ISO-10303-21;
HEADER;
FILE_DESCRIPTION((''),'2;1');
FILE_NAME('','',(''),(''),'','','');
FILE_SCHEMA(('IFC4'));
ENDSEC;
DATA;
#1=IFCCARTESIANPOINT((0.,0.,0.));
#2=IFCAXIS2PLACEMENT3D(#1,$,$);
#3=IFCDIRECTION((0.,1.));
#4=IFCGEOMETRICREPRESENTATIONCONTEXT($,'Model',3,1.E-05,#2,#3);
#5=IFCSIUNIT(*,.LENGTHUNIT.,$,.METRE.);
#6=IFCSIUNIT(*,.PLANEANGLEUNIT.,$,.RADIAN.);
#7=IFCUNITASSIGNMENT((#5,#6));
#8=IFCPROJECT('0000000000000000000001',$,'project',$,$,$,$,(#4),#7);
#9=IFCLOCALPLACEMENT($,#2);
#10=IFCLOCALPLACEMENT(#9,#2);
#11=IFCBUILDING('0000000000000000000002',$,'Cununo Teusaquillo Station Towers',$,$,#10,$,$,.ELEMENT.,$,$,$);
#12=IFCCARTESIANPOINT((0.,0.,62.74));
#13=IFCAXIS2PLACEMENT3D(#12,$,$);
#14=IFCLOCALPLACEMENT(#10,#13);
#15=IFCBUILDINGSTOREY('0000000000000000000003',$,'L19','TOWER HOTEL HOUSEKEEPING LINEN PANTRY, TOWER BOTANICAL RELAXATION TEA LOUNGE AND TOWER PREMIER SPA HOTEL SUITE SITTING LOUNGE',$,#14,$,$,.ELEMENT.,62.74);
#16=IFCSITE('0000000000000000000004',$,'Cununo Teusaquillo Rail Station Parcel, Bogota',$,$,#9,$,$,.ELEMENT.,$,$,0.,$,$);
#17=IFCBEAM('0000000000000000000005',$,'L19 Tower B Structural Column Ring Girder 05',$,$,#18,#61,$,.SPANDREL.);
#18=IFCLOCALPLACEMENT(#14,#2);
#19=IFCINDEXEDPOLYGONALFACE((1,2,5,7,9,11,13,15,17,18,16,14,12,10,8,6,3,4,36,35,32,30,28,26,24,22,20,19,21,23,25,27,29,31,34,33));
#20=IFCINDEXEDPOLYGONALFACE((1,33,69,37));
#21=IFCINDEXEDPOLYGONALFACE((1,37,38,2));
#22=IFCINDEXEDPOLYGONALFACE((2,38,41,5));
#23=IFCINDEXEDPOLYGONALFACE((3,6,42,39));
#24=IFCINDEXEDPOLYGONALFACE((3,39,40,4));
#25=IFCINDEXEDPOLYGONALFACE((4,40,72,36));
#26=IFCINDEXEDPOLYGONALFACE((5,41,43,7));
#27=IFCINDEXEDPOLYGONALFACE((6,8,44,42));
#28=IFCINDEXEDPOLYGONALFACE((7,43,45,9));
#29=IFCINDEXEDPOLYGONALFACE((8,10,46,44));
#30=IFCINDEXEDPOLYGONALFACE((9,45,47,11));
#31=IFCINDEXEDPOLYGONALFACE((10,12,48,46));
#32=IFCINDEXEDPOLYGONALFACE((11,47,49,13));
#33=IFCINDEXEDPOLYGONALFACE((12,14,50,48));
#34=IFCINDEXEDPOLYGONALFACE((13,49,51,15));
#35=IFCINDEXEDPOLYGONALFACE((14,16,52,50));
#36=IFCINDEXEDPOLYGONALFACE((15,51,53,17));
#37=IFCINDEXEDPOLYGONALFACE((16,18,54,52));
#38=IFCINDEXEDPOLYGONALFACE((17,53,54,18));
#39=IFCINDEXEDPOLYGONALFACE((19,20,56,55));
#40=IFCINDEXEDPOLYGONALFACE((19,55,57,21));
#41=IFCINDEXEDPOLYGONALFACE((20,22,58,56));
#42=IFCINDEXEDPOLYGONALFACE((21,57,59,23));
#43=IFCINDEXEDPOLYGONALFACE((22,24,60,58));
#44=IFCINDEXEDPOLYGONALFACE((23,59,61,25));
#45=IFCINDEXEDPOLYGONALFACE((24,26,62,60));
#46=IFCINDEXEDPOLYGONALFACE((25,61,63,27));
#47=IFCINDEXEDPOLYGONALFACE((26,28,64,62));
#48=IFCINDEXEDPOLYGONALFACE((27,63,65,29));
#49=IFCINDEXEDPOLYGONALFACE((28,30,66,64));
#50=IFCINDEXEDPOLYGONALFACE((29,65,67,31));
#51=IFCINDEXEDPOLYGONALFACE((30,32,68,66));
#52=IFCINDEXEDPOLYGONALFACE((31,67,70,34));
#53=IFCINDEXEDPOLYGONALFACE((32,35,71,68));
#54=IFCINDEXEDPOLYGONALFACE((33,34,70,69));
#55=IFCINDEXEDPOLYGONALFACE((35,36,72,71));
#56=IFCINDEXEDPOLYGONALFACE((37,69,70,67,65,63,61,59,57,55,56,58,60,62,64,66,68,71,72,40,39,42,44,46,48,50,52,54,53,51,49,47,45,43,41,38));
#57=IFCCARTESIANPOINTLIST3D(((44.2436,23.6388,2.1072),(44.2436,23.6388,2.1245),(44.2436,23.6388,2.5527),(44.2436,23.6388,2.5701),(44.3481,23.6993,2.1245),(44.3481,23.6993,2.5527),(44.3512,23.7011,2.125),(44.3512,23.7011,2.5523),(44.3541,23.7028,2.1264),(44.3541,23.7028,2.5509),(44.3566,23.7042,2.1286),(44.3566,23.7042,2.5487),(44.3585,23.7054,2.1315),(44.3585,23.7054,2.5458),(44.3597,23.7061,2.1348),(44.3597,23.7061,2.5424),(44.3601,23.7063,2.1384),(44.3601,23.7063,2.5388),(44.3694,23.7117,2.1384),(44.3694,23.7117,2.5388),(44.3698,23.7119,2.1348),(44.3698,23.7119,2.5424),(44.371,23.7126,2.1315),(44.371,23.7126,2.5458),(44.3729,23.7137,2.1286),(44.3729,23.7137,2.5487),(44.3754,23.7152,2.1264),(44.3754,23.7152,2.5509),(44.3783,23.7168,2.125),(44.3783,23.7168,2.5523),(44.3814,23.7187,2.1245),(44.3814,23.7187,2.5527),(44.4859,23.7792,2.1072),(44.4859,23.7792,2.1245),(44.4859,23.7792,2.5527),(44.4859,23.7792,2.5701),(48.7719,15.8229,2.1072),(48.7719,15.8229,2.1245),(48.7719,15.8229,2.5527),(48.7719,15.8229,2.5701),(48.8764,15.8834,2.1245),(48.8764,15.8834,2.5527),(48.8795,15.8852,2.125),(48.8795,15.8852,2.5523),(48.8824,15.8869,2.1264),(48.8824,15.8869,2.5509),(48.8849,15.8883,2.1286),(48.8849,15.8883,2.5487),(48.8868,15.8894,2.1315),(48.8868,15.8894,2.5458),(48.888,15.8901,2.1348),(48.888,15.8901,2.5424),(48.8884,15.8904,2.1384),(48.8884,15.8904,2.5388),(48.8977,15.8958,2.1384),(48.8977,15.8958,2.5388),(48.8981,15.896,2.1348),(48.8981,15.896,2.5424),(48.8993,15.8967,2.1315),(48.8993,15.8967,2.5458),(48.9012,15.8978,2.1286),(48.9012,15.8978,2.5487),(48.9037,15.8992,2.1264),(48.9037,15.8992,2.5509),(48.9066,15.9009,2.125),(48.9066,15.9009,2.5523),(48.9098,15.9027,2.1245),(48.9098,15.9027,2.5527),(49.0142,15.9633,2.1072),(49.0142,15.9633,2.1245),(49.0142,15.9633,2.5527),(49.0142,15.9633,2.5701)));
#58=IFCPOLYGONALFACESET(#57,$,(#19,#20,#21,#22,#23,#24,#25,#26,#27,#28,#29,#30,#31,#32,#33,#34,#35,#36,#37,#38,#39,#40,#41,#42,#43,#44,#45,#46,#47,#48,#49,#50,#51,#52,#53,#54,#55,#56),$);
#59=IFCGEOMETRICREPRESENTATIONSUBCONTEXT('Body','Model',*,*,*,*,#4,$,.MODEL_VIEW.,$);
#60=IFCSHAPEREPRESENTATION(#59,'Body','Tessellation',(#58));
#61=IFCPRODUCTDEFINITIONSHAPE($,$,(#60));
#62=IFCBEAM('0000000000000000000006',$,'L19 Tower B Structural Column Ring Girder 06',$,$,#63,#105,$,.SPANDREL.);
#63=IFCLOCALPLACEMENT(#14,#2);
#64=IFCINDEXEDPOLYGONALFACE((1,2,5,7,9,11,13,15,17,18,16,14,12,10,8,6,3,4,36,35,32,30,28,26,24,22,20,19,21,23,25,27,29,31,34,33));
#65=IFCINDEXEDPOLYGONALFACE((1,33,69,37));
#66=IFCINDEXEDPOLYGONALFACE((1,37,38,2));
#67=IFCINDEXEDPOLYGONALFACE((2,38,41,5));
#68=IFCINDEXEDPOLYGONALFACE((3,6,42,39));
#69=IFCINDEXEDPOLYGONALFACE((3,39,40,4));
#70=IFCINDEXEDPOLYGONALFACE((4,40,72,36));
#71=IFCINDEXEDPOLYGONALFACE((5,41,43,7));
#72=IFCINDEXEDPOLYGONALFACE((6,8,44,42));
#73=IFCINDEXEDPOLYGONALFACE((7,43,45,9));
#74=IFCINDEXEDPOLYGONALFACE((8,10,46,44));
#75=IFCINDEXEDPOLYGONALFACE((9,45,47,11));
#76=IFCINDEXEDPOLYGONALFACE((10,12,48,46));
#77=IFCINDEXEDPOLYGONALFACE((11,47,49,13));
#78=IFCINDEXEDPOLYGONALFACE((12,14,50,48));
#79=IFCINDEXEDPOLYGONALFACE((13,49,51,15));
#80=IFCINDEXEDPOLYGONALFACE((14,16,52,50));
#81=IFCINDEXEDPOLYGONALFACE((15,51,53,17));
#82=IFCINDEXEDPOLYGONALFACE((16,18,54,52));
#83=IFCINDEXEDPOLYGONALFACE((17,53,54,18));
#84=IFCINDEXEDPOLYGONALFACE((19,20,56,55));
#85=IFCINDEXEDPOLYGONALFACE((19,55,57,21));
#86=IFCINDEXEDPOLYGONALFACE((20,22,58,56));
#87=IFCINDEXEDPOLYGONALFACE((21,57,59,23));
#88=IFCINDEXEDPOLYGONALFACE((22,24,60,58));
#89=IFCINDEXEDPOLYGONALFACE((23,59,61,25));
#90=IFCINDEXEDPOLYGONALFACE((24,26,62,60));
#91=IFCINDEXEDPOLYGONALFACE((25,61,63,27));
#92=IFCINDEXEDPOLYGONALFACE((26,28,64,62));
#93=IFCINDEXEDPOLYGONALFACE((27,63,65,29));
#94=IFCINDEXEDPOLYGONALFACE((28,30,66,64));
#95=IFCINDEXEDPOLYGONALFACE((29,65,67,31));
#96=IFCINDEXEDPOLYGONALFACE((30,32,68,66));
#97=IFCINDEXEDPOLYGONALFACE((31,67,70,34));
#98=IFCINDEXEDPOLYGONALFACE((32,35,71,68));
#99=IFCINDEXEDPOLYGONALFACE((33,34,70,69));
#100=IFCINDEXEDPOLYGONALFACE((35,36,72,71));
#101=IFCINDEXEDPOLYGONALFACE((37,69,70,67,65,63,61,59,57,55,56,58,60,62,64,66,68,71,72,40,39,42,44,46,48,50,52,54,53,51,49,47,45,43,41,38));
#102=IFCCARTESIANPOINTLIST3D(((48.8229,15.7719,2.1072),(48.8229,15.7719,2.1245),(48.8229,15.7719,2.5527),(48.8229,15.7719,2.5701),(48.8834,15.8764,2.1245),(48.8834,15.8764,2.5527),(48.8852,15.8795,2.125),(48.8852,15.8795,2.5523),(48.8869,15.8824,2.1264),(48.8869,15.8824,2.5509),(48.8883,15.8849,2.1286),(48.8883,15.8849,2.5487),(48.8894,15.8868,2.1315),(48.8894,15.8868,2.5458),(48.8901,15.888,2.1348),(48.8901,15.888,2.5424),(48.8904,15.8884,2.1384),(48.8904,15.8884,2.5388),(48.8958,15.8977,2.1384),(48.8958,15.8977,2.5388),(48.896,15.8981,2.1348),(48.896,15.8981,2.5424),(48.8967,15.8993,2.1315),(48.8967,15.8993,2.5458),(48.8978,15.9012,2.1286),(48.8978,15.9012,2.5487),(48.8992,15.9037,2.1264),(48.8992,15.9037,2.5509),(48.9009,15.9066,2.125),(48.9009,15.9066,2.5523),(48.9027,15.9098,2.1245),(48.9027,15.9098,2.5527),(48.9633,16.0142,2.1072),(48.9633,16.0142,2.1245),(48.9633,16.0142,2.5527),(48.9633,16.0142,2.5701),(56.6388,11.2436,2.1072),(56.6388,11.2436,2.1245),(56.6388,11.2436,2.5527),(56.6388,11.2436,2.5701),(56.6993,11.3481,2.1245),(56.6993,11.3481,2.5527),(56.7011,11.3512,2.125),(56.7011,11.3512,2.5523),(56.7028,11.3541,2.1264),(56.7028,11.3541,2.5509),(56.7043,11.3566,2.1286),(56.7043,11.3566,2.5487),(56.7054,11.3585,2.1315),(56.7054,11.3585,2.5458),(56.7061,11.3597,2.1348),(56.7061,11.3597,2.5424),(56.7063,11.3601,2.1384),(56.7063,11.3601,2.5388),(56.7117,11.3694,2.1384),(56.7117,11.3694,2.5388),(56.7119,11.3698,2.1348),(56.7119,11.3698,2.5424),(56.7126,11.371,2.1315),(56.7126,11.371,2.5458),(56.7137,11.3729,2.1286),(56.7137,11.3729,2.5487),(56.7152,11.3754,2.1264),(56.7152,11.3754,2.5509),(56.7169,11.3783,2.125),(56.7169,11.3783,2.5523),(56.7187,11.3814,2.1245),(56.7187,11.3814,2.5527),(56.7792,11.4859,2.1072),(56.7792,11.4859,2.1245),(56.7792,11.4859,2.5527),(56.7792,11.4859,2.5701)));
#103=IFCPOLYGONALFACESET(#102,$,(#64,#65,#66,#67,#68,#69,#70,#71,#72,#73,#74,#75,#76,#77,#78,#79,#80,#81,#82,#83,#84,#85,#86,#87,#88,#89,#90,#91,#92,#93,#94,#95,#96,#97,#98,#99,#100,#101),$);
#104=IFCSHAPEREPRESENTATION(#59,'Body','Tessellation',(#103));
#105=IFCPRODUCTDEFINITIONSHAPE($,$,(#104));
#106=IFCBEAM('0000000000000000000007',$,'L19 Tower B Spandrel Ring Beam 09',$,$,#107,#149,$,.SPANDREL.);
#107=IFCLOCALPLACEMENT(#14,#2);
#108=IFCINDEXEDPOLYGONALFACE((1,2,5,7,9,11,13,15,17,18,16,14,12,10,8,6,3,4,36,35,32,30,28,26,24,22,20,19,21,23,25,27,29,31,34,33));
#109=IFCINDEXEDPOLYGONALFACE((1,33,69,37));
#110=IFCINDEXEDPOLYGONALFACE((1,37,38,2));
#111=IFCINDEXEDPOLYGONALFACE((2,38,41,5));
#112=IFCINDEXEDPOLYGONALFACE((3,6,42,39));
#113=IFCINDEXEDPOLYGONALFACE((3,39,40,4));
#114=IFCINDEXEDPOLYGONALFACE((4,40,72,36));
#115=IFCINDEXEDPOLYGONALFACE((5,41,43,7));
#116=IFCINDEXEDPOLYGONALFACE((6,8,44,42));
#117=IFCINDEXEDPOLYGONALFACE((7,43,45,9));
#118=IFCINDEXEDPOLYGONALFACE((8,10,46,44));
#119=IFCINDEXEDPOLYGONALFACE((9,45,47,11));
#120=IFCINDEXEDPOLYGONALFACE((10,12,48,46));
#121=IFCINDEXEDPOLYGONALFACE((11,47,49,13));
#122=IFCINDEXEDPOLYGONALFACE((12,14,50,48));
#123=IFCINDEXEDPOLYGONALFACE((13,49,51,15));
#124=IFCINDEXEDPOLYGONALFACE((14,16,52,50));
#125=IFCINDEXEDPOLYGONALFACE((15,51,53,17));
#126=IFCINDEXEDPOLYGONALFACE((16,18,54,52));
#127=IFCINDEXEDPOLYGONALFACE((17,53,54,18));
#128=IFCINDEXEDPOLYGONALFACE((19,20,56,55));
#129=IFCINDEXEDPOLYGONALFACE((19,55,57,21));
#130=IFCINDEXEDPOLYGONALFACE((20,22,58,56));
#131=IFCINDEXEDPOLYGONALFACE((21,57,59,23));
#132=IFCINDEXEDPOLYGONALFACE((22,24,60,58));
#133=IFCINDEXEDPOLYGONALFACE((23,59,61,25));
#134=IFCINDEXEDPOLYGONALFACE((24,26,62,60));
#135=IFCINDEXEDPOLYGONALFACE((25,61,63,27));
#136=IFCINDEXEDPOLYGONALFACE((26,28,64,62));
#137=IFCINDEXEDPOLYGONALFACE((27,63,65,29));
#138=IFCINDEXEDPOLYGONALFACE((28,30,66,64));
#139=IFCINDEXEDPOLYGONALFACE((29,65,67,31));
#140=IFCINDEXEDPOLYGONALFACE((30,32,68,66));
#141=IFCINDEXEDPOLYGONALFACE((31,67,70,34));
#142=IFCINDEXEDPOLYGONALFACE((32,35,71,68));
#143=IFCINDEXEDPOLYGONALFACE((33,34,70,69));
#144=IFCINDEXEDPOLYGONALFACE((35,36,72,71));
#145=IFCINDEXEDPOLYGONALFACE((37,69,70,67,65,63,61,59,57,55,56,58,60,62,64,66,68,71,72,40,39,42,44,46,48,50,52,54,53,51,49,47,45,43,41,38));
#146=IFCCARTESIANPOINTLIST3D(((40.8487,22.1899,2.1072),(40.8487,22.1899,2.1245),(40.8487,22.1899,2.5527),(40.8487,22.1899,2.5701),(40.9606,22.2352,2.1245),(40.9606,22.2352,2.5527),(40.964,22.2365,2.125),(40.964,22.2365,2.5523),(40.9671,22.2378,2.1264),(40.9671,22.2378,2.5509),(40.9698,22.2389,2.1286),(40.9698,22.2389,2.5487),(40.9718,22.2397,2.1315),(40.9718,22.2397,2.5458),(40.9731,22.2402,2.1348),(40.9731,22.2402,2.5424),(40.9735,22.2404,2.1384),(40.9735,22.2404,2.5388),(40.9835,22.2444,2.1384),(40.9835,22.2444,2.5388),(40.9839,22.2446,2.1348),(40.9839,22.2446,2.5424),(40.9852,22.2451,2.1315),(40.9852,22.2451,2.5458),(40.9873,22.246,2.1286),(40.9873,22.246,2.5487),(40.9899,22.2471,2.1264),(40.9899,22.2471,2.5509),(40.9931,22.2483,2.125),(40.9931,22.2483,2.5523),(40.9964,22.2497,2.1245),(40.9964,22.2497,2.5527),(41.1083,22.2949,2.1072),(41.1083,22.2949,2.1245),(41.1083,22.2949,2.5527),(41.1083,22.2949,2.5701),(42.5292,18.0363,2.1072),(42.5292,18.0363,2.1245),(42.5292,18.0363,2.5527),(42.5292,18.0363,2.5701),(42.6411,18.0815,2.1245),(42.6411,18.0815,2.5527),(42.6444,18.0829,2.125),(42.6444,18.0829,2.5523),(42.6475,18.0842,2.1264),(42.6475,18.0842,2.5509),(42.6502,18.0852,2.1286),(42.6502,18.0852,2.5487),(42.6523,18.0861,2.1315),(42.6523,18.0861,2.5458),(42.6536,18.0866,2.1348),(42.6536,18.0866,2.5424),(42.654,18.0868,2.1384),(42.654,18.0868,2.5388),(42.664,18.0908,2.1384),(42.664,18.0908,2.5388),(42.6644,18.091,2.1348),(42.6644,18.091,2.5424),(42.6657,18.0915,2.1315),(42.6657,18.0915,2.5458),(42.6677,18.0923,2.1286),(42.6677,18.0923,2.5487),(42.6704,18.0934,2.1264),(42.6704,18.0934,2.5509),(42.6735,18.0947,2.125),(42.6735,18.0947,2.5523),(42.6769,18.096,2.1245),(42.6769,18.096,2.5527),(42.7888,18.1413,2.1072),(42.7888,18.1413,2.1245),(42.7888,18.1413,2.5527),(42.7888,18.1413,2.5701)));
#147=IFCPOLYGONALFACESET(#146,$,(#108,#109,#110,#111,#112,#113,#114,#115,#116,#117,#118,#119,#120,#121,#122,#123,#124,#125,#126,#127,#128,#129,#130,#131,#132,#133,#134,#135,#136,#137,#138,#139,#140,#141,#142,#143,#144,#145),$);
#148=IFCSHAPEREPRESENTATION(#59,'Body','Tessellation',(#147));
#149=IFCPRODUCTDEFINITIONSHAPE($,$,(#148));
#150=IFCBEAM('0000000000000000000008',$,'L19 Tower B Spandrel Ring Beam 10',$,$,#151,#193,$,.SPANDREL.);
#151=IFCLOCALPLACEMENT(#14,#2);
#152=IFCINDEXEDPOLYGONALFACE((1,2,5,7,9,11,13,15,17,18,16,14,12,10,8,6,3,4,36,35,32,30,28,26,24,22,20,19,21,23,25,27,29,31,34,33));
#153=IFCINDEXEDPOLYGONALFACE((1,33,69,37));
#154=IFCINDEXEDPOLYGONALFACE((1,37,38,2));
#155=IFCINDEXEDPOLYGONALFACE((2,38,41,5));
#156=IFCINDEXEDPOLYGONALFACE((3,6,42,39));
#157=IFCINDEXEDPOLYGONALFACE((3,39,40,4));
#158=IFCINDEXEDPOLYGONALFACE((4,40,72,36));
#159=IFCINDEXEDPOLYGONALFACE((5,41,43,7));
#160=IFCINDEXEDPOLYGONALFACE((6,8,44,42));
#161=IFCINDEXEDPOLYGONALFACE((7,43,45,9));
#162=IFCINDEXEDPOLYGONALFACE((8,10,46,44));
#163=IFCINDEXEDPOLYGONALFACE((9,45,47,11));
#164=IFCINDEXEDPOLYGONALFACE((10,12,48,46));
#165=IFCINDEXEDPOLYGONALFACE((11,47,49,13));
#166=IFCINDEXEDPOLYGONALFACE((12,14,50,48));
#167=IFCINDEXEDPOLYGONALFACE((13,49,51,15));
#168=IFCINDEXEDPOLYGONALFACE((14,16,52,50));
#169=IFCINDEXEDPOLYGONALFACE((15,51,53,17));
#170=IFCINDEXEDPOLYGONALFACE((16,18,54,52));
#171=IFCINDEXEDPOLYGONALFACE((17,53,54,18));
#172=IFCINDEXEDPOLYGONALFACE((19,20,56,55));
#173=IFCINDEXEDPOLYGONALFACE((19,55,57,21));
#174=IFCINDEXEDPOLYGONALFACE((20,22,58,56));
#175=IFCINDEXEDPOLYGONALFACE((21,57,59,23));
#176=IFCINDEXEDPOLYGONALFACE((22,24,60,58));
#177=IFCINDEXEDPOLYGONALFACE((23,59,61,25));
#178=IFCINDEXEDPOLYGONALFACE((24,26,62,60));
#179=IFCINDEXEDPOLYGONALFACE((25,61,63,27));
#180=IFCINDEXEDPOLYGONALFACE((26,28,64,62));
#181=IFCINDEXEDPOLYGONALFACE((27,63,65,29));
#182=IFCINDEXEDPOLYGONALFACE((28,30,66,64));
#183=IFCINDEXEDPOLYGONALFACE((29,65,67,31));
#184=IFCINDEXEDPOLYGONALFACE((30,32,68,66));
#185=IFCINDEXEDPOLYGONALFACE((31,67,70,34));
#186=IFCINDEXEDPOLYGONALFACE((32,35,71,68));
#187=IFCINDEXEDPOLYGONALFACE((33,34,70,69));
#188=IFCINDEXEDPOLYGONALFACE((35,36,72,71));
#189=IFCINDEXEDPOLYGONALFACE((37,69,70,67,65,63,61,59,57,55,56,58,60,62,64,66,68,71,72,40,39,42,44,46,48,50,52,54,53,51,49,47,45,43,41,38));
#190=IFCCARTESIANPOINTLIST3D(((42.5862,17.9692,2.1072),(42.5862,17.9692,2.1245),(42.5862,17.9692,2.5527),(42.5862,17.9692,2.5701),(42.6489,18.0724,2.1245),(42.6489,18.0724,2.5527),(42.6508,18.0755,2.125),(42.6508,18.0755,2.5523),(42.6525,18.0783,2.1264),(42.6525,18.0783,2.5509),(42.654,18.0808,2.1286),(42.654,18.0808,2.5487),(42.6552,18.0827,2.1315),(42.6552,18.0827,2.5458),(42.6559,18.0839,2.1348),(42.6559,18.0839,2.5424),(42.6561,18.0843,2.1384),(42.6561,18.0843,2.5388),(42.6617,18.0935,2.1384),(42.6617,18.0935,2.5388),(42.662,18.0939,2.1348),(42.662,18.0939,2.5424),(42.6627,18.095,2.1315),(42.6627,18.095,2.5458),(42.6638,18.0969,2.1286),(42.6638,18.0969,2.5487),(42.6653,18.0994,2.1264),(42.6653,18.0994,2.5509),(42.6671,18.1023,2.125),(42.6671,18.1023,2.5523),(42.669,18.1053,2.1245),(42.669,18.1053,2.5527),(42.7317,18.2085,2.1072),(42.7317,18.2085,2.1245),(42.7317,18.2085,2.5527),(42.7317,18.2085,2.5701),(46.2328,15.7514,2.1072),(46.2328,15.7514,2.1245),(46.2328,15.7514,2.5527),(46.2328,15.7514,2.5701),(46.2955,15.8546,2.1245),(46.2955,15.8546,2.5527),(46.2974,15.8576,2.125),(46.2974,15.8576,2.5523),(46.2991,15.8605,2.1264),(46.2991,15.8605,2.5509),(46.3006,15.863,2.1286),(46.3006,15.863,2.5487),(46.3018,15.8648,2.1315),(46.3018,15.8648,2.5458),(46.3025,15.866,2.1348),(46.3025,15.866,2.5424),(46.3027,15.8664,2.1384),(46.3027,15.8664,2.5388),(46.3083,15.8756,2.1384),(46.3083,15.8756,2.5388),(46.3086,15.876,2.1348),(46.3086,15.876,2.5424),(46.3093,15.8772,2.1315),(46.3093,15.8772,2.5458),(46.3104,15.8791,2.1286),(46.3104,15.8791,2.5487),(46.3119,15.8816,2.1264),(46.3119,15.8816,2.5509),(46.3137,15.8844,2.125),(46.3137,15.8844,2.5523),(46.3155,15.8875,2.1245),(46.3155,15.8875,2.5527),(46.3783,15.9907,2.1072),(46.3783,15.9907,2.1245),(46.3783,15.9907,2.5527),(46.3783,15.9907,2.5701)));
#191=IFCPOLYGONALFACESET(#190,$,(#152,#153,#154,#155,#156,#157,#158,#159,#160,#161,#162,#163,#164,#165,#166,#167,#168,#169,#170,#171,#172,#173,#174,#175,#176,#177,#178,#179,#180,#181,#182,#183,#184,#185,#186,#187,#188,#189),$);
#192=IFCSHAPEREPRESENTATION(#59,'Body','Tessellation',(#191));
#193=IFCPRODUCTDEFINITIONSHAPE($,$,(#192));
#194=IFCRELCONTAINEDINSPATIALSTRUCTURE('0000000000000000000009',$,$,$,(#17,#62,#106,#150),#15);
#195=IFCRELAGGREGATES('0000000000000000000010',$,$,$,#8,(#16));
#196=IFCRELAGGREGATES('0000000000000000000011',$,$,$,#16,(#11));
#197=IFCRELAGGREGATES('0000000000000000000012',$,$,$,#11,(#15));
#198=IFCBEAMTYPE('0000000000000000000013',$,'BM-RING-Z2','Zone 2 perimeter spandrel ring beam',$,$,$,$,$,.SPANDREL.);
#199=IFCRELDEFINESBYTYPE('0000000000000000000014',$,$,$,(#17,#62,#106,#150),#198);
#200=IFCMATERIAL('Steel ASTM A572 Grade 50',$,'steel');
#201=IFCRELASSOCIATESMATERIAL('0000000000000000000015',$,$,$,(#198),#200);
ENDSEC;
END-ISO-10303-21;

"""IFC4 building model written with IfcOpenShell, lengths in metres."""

from ifc_helpers import new_model, si_unit, direction, frame, origin, origin_2d, place, context, subcontext, project, spatial, i_section, extrude, material, material_profile, profile_set, type_object, element, save


model = new_model("IFC4")

# Units and contexts
model_context = context("Model", 3, precision=1e-05, world=origin(), true_north=direction((0.0, 1.0)))
body_context = subcontext(model_context, "Body", "Model", "MODEL_VIEW")
ifc_project = project(units=[si_unit("LENGTHUNIT", "METRE"), si_unit("PLANEANGLEUNIT", "RADIAN")], contexts=[model_context])

# Site, building, storey
site_placement = place(None, origin())
site = spatial("IfcSite", under=ifc_project, at=site_placement, Name="Cununo Teusaquillo Rail Station Parcel, Bogota", CompositionType="ELEMENT", RefElevation=0.0)
building_placement = place(site_placement, origin())
building = spatial("IfcBuilding", under=site, at=building_placement, Name="Cununo Teusaquillo Station Towers", CompositionType="ELEMENT")
storey_placement = place(building_placement, frame((0.0, 0.0, 62.74)))
storey = spatial("IfcBuildingStorey", under=building, at=storey_placement, Name="L19", Description="TOWER HOTEL HOUSEKEEPING LINEN PANTRY, TOWER BOTANICAL RELAXATION TEA LOUNGE AND TOWER PREMIER SPA HOTEL SUITE SITTING LOUNGE", CompositionType="ELEMENT", Elevation=62.74)

# Beams
ifc_material_1 = material(Name="Steel ASTM A572 Grade 50", Category="steel")
ifc_material_profile_1 = material_profile(ifc_material_1, i_section(OverallWidth=0.28, OverallDepth=0.4629, WebThickness=0.0107, FlangeThickness=0.0173, FilletRadius=0.0139, at=origin_2d()), Name="W18X76")
ifc_profile_set_1 = profile_set([ifc_material_profile_1], Name="Steel ASTM A572 Grade 50")
beam_type_1 = type_object("IfcBeamType", Name="BM-RING-Z2", Description="Zone 2 perimeter spandrel ring beam", PredefinedType="SPANDREL", material=ifc_profile_set_1)
for number, where, z_axis, x_axis, name in (
    (1, (44.3647, 23.709, 2.3386), (0.501311, -0.865267, 0.0), (0.865267, 0.501311, 0.0), "L19 Tower B Structural Column Ring Girder 05"),
    (2, (48.8931, 15.8931, 2.3386), (0.865267, -0.501311, 0.0), (0.501311, 0.865267, 0.0), "L19 Tower B Structural Column Ring Girder 06"),
):
    element("IfcBeam", number, at=place(storey_placement, frame(where, z_axis=z_axis, x_axis=x_axis)), inside=storey, type_object=beam_type_1, Name=name, PredefinedType="SPANDREL", context=body_context, shape_type="SweptSolid", body=[
        extrude(i_section(OverallWidth=0.28, OverallDepth=0.4629, WebThickness=0.0107, FlangeThickness=0.0173, FilletRadius=0.0139, at=origin_2d()), origin(), (0.0, 0.0, 1.0), 9.033),
    ])
beam_1_placement = place(storey_placement, frame((40.9785, 22.2424, 2.3386), z_axis=(0.375042, -0.927008, 0.0), x_axis=(0.927008, 0.375042, 0.0)))
element("IfcBeam", 3, at=beam_1_placement, inside=storey, type_object=beam_type_1, Name="L19 Tower B Spandrel Ring Beam 09", PredefinedType="SPANDREL", context=body_context, shape_type="SweptSolid", body=[
    extrude(i_section(OverallWidth=0.28, OverallDepth=0.4629, WebThickness=0.0107, FlangeThickness=0.0173, FilletRadius=0.0139, at=origin_2d()), origin(), (0.0, 0.0, 1.0), 4.4807),
])
beam_2_placement = place(storey_placement, frame((42.6589, 18.0889, 2.3386), z_axis=(0.854388, -0.519635, 0.0), x_axis=(0.519635, 0.854388, 0.0)))
element("IfcBeam", 4, at=beam_2_placement, inside=storey, type_object=beam_type_1, Name="L19 Tower B Spandrel Ring Beam 10", PredefinedType="SPANDREL", context=body_context, shape_type="SweptSolid", body=[
    extrude(i_section(OverallWidth=0.28, OverallDepth=0.4629, WebThickness=0.0107, FlangeThickness=0.0173, FilletRadius=0.0139, at=origin_2d()), origin(), (0.0, 0.0, 1.0), 4.2681),
])

save(model, "model.ifc")
